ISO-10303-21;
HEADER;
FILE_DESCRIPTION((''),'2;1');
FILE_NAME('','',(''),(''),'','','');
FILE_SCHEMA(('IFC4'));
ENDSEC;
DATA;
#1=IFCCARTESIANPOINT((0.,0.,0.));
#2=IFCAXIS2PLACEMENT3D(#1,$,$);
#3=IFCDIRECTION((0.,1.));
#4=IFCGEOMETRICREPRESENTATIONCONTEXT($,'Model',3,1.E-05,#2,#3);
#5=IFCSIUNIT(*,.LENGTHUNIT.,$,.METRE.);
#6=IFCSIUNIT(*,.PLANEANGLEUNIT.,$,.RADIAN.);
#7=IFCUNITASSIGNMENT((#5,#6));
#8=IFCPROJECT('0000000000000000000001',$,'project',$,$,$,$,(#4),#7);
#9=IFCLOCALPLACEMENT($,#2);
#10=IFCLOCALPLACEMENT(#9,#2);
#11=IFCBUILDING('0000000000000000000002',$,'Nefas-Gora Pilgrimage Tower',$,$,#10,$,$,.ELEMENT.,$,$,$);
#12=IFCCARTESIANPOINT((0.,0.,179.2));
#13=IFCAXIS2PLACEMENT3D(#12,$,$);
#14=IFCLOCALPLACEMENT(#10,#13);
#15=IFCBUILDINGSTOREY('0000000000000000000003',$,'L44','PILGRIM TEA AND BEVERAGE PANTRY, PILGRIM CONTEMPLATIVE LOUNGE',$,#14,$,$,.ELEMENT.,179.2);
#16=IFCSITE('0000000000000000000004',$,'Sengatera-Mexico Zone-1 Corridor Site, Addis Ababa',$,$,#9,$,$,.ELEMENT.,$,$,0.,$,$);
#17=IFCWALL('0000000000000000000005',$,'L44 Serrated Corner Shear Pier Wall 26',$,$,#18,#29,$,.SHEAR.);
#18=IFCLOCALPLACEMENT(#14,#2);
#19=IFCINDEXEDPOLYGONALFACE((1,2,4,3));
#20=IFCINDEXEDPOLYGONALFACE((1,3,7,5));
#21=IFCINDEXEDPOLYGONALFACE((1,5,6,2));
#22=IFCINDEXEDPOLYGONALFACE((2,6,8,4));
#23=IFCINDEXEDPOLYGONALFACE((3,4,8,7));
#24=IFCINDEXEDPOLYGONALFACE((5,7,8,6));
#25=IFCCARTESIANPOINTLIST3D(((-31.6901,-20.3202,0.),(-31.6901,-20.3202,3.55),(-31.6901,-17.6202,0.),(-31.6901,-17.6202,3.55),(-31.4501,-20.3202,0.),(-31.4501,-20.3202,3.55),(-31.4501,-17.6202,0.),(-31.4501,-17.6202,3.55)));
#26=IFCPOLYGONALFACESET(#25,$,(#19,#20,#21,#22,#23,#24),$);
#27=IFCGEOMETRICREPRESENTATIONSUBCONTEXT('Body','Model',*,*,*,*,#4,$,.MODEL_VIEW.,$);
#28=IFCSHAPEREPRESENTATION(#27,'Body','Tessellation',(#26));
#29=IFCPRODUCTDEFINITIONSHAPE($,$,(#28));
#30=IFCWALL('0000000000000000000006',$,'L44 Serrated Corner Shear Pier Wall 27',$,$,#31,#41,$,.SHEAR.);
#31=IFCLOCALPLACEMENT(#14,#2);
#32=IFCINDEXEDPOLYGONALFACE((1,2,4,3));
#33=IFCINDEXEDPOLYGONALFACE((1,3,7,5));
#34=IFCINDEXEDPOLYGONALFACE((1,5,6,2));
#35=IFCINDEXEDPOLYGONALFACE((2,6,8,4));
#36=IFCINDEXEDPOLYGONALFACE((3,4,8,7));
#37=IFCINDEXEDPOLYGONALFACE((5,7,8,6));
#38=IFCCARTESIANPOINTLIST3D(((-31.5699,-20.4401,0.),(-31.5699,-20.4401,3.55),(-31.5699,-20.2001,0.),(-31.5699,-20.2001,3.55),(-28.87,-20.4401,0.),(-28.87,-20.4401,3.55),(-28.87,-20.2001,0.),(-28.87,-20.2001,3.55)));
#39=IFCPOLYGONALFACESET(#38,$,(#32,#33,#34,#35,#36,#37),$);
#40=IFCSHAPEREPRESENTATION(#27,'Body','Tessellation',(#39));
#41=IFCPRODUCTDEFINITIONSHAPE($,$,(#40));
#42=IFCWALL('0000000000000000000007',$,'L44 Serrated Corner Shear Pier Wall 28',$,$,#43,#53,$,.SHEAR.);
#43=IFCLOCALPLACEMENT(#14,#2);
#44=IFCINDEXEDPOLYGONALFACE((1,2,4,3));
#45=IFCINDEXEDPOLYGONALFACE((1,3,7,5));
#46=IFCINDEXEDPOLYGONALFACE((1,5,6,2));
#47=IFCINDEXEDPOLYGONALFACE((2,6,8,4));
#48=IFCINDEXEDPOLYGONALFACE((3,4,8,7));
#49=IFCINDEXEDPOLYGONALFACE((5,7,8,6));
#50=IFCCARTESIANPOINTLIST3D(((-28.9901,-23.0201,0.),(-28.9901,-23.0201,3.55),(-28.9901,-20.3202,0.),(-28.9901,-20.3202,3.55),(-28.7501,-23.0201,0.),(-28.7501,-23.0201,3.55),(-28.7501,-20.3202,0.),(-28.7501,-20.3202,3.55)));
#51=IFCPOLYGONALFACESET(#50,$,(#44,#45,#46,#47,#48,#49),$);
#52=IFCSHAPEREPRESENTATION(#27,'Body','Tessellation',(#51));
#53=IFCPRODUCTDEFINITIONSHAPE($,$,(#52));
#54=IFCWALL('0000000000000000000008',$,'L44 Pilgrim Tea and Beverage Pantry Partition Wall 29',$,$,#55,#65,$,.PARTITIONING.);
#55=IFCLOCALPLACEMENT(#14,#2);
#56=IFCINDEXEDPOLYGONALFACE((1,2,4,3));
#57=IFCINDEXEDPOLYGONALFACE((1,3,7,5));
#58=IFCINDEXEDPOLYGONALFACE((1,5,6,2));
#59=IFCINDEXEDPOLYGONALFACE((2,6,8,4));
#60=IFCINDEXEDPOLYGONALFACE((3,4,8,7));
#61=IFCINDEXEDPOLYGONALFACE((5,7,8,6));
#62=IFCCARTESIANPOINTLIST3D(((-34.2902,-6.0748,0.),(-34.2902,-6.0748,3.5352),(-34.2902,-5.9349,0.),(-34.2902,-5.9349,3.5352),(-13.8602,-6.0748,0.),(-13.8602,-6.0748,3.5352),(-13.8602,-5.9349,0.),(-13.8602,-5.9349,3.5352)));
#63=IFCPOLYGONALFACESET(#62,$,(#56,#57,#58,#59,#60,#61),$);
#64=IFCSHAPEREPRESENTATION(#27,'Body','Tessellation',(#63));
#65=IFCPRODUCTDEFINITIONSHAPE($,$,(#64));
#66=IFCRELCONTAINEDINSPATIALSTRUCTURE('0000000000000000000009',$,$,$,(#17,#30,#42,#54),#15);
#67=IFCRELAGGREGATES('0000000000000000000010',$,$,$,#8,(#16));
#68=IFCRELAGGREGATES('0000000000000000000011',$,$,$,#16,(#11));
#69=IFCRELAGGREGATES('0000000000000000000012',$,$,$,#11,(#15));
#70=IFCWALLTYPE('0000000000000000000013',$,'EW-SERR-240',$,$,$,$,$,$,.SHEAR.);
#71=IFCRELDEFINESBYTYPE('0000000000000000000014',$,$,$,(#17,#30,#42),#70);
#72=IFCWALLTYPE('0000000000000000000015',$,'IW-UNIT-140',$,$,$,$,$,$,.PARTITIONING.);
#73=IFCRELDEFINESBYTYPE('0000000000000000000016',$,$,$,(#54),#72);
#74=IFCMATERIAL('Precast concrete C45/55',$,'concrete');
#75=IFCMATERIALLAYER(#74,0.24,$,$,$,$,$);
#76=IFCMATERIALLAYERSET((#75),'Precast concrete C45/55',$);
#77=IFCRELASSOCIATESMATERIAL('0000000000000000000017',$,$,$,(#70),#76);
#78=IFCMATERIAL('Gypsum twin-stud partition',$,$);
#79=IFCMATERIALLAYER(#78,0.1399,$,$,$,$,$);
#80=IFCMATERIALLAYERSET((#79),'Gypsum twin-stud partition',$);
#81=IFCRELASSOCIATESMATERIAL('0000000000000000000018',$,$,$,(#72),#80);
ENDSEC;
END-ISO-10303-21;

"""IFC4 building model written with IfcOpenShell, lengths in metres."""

from ifc_helpers import new_model, si_unit, direction, frame, frame_2d, origin, place, context, subcontext, project, spatial, rectangle, extrude, source, transform, mapped, material, layer, layer_set, type_object, element, save


model = new_model("IFC4")

# Units and contexts
model_context = context("Model", 3, precision=1e-05, world=origin(), true_north=direction((0.0, 1.0)))
body_context = subcontext(model_context, "Body", "Model", "MODEL_VIEW")
ifc_project = project(units=[si_unit("LENGTHUNIT", "METRE"), si_unit("PLANEANGLEUNIT", "RADIAN")], contexts=[model_context])

# Site, building, storey
site_placement = place(None, origin())
site = spatial("IfcSite", under=ifc_project, at=site_placement, Name="Sengatera-Mexico Zone-1 Corridor Site, Addis Ababa", CompositionType="ELEMENT", RefElevation=0.0)
building_placement = place(site_placement, origin())
building = spatial("IfcBuilding", under=site, at=building_placement, Name="Nefas-Gora Pilgrimage Tower", CompositionType="ELEMENT")
storey_placement = place(building_placement, frame((0.0, 0.0, 179.2)))
storey = spatial("IfcBuildingStorey", under=building, at=storey_placement, Name="L44", Description="PILGRIM TEA AND BEVERAGE PANTRY, PILGRIM CONTEMPLATIVE LOUNGE", CompositionType="ELEMENT", Elevation=179.2)

# Shared definitions
ifc_material_1 = material(Name="Precast concrete C45/55", Category="concrete")
ifc_layer_1 = layer(ifc_material_1, 0.24)
ifc_layer_set_1 = layer_set([ifc_layer_1], Name="Precast concrete C45/55")
wall_type_1 = type_object("IfcWallType", Name="EW-SERR-240", PredefinedType="SHEAR", material=ifc_layer_set_1)
shared_shape_1 = source(origin(), body_context, "Body", "SweptSolid", [
    extrude(rectangle(XDim=2.7, YDim=0.24, at=frame_2d((1.3501, 0.0))), origin(), (0.0, 0.0, 1.0), 3.55),
])

# Walls
for number, where, z_axis, x_axis, name in (
    (1, (-31.5701, -17.6201, 0.0), (0.0, 0.0, 1.0), (0.0, -1.0, 0.0), "L44 Serrated Corner Shear Pier Wall 26"),
    (2, (-31.5701, -20.3201, 0.0), (0.0, 0.0, 1.0), (1.0, 0.0, 0.0), "L44 Serrated Corner Shear Pier Wall 27"),
    (3, (-28.8701, -20.3201, 0.0), (0.0, 0.0, 1.0), (0.0, -1.0, 0.0), "L44 Serrated Corner Shear Pier Wall 28"),
):
    element("IfcWall", number, at=place(storey_placement, frame(where, z_axis=z_axis, x_axis=x_axis)), inside=storey, type_object=wall_type_1, Name=name, PredefinedType="SHEAR", context=body_context, shape_type="MappedRepresentation", body=[
        mapped(shared_shape_1, transform((0.0, 0.0, 0.0), x_axis=(1.0, 0.0, 0.0), y_axis=(0.0, 1.0, 0.0), z_axis=(0.0, 0.0, 1.0), scale=1.0)),
    ])
ifc_material_2 = material(Name="Gypsum twin-stud partition")
ifc_layer_2 = layer(ifc_material_2, 0.1399)
ifc_layer_set_2 = layer_set([ifc_layer_2], Name="Gypsum twin-stud partition")
wall_type_2 = type_object("IfcWallType", Name="IW-UNIT-140", PredefinedType="PARTITIONING", material=ifc_layer_set_2)
shared_shape_2 = source(origin(), body_context, "Body", "SweptSolid", [
    extrude(rectangle(XDim=20.4299, YDim=0.1399, at=frame_2d((10.2148, 0.0))), origin(), (0.0, 0.0, 1.0), 3.5352),
])
wall_1_placement = place(storey_placement, frame((-34.29, -6.0049, 0.0), z_axis=(0.0, 0.0, 1.0), x_axis=(1.0, 0.0, 0.0)))
element("IfcWall", 4, at=wall_1_placement, inside=storey, type_object=wall_type_2, Name="L44 Pilgrim Tea and Beverage Pantry Partition Wall 29", PredefinedType="PARTITIONING", context=body_context, shape_type="MappedRepresentation", body=[
    mapped(shared_shape_2, transform((0.0, 0.0, 0.0), x_axis=(1.0, 0.0, 0.0), y_axis=(0.0, 1.0, 0.0), z_axis=(0.0, 0.0, 1.0), scale=1.0)),
])

save(model, "model.ifc")
